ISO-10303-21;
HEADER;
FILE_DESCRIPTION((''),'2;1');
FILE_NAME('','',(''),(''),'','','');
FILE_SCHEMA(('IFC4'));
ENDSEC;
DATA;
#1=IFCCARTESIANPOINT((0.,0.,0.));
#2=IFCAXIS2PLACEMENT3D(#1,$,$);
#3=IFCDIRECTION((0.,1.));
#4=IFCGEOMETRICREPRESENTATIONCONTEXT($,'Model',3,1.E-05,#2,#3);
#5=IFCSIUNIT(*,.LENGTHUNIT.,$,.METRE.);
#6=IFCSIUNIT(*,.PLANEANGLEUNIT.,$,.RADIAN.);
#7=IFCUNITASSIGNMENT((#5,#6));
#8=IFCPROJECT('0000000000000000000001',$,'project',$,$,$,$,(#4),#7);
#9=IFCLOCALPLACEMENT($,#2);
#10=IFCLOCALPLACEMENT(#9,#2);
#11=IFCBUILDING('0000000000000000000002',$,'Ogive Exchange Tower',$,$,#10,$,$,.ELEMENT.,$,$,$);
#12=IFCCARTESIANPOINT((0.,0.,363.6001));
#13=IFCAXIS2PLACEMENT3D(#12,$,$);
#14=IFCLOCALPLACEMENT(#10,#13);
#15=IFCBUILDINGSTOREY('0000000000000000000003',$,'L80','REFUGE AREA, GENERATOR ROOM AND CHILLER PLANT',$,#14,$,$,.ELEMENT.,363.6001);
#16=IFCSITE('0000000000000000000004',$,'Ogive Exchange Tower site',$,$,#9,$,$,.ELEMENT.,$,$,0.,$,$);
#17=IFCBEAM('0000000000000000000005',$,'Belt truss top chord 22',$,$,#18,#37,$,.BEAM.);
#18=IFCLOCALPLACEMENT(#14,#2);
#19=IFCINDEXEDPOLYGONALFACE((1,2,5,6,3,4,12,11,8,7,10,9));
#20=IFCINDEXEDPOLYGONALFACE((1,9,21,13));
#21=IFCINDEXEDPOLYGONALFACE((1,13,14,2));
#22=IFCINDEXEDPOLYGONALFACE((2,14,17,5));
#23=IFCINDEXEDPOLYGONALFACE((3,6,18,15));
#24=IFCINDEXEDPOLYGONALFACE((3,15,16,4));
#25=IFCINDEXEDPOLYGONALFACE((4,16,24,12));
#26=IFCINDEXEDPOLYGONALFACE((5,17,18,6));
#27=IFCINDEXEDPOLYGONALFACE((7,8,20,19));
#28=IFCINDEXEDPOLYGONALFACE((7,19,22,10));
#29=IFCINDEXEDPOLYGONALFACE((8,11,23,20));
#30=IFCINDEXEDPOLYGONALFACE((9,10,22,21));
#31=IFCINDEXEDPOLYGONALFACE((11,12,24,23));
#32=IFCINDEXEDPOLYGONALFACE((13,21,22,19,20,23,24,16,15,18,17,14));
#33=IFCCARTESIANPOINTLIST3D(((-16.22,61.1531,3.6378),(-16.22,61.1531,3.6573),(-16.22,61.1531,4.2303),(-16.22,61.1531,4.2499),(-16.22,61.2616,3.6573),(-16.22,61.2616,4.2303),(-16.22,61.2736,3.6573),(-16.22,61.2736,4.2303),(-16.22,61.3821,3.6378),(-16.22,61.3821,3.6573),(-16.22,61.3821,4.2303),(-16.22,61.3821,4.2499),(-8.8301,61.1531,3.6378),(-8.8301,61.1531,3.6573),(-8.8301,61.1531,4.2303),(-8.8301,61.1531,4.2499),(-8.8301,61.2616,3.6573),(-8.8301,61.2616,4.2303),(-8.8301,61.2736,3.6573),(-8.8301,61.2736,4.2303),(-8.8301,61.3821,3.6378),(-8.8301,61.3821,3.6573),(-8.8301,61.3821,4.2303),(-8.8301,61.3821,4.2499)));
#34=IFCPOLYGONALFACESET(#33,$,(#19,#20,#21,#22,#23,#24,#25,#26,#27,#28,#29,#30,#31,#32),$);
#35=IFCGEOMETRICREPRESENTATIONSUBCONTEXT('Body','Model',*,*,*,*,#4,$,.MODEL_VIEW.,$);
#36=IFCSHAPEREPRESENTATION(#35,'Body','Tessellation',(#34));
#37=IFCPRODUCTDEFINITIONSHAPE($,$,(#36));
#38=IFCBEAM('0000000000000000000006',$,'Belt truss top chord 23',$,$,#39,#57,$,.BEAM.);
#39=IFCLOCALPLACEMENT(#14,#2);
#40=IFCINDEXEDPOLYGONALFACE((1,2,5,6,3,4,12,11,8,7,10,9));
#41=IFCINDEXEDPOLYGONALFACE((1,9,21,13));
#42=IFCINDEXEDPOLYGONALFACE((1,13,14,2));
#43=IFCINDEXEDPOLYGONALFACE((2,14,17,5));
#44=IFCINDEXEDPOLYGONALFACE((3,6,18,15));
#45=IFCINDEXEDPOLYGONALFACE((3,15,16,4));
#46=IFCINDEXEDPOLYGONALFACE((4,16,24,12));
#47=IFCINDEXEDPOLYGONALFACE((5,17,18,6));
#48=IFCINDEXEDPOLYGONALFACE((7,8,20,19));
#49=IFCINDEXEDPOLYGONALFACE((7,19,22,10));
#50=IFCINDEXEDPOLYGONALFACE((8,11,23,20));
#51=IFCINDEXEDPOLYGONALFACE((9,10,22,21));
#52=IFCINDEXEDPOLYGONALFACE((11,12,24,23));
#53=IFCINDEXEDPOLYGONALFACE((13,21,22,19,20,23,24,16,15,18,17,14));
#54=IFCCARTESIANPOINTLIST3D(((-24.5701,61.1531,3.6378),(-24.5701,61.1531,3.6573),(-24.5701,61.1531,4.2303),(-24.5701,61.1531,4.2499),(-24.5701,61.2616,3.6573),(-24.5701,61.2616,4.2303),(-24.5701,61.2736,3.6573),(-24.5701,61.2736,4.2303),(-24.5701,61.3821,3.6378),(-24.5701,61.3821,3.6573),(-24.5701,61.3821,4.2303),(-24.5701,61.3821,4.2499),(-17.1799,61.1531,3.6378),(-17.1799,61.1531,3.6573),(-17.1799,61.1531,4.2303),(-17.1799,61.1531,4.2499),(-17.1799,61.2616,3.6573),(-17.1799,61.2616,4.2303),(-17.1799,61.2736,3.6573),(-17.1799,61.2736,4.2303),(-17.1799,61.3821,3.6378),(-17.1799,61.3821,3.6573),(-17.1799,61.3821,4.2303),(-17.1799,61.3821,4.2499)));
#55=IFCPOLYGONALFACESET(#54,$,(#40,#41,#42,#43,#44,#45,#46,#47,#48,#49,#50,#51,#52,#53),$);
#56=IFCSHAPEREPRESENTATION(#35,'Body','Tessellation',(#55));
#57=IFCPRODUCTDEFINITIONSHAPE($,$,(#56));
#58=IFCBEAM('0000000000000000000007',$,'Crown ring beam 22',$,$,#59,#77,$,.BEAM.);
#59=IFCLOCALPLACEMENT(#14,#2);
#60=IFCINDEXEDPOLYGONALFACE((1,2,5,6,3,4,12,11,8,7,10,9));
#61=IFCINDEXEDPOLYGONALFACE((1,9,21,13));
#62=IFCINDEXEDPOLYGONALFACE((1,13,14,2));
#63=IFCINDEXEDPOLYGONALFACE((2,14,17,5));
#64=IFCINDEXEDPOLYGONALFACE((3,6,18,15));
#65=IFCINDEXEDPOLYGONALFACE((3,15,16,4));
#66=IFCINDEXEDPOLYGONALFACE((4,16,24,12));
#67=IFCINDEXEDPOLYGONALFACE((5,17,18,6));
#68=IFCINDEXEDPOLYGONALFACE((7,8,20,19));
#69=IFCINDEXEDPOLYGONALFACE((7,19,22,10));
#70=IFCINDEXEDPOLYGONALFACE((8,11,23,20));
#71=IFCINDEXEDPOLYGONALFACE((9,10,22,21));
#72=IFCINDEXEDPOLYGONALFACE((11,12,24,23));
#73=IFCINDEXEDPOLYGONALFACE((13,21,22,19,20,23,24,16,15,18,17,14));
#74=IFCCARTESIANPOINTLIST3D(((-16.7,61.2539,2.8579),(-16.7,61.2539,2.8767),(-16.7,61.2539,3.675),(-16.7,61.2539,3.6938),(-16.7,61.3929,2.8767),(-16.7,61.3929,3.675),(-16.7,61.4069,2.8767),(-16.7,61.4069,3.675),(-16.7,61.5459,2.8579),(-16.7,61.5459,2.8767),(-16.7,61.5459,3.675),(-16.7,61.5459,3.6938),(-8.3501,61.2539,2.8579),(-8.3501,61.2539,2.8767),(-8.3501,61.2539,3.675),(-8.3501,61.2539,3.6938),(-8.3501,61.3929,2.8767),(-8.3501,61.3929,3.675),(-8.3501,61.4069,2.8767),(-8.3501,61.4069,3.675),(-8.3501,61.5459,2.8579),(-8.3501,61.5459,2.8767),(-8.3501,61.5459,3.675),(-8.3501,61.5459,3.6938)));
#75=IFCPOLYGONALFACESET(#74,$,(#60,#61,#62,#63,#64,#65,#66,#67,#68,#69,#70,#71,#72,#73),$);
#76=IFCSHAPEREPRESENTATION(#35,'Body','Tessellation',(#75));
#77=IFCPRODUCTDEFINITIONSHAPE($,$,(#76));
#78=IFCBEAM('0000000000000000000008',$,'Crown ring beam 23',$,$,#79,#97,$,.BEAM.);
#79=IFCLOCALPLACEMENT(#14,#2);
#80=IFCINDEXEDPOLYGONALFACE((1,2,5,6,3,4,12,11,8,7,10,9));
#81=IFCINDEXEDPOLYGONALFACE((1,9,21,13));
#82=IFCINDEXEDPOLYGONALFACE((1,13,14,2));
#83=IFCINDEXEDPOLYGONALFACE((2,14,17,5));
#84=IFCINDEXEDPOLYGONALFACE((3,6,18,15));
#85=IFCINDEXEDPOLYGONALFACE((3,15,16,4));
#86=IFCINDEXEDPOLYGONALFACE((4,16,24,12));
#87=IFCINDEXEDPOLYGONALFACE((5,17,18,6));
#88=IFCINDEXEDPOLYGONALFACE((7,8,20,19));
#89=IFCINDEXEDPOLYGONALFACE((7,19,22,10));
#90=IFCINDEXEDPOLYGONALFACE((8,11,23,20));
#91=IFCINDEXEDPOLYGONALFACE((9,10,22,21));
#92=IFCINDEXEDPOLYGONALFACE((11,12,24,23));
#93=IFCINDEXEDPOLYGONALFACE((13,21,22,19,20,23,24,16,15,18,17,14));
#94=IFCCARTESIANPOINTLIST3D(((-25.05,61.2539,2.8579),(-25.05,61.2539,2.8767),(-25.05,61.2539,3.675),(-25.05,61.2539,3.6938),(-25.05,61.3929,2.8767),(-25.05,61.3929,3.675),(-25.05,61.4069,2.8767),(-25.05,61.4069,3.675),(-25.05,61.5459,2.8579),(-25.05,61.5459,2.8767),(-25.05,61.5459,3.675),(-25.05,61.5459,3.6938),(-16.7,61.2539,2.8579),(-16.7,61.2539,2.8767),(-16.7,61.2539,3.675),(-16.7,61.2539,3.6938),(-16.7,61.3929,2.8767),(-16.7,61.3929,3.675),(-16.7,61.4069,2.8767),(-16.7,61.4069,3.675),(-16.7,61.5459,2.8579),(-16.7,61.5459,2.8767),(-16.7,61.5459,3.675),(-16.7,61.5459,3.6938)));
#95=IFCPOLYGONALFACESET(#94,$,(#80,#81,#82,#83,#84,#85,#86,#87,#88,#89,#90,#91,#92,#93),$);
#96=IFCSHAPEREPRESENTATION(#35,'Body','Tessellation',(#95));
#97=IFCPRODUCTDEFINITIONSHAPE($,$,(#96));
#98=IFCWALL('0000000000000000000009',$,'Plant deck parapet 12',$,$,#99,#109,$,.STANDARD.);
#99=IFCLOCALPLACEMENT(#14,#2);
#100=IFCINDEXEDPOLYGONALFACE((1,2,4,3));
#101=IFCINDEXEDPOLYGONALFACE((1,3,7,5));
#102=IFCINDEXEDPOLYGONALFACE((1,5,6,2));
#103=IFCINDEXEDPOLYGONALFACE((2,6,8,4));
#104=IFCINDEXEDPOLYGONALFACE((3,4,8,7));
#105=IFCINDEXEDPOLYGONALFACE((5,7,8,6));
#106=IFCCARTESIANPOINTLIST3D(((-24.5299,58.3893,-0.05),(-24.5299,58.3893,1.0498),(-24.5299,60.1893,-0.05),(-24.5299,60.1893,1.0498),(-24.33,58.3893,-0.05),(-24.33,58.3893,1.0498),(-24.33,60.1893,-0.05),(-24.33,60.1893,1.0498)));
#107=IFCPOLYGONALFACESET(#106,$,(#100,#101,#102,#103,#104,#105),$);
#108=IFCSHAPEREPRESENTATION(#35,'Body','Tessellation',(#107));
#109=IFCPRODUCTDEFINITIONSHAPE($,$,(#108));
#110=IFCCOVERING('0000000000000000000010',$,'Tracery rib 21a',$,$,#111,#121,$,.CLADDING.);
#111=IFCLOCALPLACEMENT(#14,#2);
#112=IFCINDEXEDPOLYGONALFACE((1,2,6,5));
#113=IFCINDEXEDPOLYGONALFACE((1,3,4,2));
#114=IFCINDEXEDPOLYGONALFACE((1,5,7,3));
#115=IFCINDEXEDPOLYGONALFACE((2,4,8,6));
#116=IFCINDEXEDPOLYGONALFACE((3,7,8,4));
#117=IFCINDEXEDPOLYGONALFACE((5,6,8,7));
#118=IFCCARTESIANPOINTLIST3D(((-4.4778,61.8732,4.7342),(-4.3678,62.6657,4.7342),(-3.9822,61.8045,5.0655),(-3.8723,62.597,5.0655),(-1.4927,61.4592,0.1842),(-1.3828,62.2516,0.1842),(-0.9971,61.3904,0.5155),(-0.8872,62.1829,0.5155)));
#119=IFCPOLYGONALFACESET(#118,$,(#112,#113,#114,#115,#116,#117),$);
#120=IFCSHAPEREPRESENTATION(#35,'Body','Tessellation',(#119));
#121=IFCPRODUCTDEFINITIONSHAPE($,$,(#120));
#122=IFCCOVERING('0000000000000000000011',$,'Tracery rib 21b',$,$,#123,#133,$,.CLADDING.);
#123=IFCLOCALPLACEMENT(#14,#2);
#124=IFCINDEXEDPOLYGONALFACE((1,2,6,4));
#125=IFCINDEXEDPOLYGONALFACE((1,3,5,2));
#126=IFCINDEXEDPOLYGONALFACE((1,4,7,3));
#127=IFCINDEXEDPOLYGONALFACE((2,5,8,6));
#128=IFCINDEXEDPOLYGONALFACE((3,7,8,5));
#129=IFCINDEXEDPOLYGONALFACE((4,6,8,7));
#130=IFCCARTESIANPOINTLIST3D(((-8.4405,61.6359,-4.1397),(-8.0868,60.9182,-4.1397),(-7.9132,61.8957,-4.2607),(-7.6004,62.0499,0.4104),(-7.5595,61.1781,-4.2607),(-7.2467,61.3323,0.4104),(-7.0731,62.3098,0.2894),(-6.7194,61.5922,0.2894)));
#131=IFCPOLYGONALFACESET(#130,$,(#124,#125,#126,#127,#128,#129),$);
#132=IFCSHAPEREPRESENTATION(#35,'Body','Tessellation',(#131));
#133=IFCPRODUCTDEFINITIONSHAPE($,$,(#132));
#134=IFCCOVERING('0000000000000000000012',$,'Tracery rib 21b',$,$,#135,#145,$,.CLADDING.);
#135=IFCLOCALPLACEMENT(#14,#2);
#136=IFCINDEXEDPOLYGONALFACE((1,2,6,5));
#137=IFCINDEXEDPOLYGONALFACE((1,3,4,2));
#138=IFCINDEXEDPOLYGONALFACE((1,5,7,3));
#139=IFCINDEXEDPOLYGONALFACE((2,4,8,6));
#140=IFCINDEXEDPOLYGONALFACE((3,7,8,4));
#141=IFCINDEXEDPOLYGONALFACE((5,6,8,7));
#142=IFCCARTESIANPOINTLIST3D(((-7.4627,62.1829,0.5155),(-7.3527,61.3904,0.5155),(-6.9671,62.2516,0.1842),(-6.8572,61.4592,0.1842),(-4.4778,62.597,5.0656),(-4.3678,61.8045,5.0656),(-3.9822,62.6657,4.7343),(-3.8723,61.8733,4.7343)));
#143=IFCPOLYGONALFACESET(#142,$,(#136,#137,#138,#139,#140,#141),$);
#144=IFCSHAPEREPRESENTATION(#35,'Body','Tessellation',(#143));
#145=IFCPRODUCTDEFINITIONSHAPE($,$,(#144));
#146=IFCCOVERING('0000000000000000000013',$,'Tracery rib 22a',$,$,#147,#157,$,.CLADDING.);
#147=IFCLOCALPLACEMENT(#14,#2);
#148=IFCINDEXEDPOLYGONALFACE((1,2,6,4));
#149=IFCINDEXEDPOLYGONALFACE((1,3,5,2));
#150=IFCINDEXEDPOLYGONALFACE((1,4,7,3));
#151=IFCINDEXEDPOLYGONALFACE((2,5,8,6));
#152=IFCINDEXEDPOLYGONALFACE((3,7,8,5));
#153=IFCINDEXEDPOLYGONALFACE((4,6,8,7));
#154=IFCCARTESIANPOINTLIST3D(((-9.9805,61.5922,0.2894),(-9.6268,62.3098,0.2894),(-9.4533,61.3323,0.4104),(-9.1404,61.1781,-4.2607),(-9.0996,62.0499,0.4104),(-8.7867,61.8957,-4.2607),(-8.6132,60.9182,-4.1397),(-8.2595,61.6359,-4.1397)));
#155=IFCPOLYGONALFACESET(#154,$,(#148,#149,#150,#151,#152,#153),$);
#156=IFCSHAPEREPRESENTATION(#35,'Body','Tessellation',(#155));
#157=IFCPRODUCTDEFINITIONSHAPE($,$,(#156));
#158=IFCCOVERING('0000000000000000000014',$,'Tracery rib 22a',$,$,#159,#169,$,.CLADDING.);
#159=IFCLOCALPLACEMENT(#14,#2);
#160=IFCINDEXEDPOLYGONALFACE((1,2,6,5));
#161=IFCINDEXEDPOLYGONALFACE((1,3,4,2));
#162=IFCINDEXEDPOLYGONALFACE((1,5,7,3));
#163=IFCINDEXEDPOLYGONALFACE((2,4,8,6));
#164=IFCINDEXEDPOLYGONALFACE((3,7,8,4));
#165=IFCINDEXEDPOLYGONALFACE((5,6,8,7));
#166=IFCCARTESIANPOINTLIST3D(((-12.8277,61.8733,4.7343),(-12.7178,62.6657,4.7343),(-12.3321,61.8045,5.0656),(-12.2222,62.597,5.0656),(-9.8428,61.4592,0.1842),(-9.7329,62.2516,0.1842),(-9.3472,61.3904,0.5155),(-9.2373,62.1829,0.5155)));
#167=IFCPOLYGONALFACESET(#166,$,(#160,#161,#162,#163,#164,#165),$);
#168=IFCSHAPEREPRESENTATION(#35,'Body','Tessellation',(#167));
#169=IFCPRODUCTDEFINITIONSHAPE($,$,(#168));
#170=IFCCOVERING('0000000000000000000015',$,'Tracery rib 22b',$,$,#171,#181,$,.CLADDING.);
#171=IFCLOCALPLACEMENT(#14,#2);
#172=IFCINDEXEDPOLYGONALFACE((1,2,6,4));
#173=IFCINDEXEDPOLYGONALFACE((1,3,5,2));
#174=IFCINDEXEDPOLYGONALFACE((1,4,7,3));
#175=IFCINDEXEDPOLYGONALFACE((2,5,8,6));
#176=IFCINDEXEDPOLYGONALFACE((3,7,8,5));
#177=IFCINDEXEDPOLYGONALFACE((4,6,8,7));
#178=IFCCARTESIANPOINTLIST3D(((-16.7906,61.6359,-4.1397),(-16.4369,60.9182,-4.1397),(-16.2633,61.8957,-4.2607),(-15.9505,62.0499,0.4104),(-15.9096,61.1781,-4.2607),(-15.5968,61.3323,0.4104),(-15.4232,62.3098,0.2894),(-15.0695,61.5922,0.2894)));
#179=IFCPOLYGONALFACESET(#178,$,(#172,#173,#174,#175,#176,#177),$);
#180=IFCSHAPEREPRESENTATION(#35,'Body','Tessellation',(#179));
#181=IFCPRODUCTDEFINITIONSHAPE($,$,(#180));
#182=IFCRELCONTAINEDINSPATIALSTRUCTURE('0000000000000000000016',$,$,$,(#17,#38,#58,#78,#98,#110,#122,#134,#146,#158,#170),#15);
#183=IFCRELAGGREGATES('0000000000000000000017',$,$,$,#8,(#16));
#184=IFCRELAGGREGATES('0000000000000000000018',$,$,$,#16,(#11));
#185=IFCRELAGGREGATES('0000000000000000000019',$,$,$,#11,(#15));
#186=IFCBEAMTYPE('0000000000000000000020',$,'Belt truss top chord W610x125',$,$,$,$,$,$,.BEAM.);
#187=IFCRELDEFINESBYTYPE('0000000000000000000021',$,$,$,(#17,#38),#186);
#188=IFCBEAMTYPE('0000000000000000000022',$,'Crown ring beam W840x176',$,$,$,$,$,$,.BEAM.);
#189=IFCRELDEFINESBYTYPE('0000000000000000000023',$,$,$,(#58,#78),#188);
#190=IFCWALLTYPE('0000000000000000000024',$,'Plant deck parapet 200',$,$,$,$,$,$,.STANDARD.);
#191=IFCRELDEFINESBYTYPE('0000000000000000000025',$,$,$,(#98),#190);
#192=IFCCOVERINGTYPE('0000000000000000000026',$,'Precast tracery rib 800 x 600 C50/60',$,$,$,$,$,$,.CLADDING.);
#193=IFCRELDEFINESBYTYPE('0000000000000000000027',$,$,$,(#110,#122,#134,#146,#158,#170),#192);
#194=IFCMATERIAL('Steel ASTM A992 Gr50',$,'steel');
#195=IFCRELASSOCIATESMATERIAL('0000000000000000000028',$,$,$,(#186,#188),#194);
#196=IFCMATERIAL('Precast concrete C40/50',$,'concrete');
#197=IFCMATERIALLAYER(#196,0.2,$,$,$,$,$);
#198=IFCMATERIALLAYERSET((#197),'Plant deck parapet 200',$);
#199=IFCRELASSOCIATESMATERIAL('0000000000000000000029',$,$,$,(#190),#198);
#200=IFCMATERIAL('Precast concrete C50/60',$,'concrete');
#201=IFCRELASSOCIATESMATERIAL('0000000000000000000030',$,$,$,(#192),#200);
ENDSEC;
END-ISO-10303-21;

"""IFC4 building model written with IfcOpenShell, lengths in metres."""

from ifc_helpers import new_model, si_unit, direction, frame, frame_2d, origin, origin_2d, place, context, subcontext, project, spatial, rectangle, i_section, extrude, material, layer, layer_set, material_profile, profile_set, type_object, element, save


model = new_model("IFC4")

# Units and contexts
model_context = context("Model", 3, precision=1e-05, world=origin(), true_north=direction((0.0, 1.0)))
body_context = subcontext(model_context, "Body", "Model", "MODEL_VIEW")
ifc_project = project(units=[si_unit("LENGTHUNIT", "METRE"), si_unit("PLANEANGLEUNIT", "RADIAN")], contexts=[model_context])

# Site, building, storey
site_placement = place(None, origin())
site = spatial("IfcSite", under=ifc_project, at=site_placement, Name="Ogive Exchange Tower site", CompositionType="ELEMENT", RefElevation=0.0)
building_placement = place(site_placement, origin())
building = spatial("IfcBuilding", under=site, at=building_placement, Name="Ogive Exchange Tower", CompositionType="ELEMENT")
storey_placement = place(building_placement, frame((0.0, 0.0, 363.6001)))
storey = spatial("IfcBuildingStorey", under=building, at=storey_placement, Name="L80", Description="REFUGE AREA, GENERATOR ROOM AND CHILLER PLANT", CompositionType="ELEMENT", Elevation=363.6001)

# Shared definitions
ifc_material_1 = material(Name="Steel ASTM A992 Gr50", Category="steel")

# Beams
ifc_material_profile_1 = material_profile(ifc_material_1, i_section(OverallWidth=0.229, OverallDepth=0.6121, WebThickness=0.012, FlangeThickness=0.0195, at=origin_2d()), Name="W610x125")
ifc_profile_set_1 = profile_set([ifc_material_profile_1], Name="Steel ASTM A992 Gr50")
beam_type_1 = type_object("IfcBeamType", Name="Belt truss top chord W610x125", PredefinedType="BEAM", material=ifc_profile_set_1)
beam_1_placement = place(storey_placement, frame((-8.8301, 61.2676, 3.9438), z_axis=(-1.0, 0.0, 0.0), x_axis=(0.0, -1.0, 0.0)))
element("IfcBeam", 1, at=beam_1_placement, inside=storey, type_object=beam_type_1, Name="Belt truss top chord 22", PredefinedType="BEAM", context=body_context, shape_type="SweptSolid", body=[
    extrude(i_section(OverallWidth=0.229, OverallDepth=0.6121, WebThickness=0.012, FlangeThickness=0.0195, at=origin_2d()), origin(), (0.0, 0.0, 1.0), 7.3899),
])
beam_2_placement = place(storey_placement, frame((-17.1799, 61.2676, 3.9438), z_axis=(-1.0, 0.0, 0.0), x_axis=(0.0, -1.0, 0.0)))
element("IfcBeam", 2, at=beam_2_placement, inside=storey, type_object=beam_type_1, Name="Belt truss top chord 23", PredefinedType="BEAM", context=body_context, shape_type="SweptSolid", body=[
    extrude(i_section(OverallWidth=0.229, OverallDepth=0.6121, WebThickness=0.012, FlangeThickness=0.0195, at=origin_2d()), origin(), (0.0, 0.0, 1.0), 7.3901),
])
ifc_material_profile_2 = material_profile(ifc_material_1, i_section(OverallWidth=0.292, OverallDepth=0.8359, WebThickness=0.0139, FlangeThickness=0.0188, at=origin_2d()), Name="W840x176")
ifc_profile_set_2 = profile_set([ifc_material_profile_2], Name="Steel ASTM A992 Gr50")
beam_type_2 = type_object("IfcBeamType", Name="Crown ring beam W840x176", PredefinedType="BEAM", material=ifc_profile_set_2)
beam_3_placement = place(storey_placement, frame((-8.3501, 61.3999, 3.2759), z_axis=(-1.0, 0.0, 0.0), x_axis=(0.0, -1.0, 0.0)))
element("IfcBeam", 3, at=beam_3_placement, inside=storey, type_object=beam_type_2, Name="Crown ring beam 22", PredefinedType="BEAM", context=body_context, shape_type="SweptSolid", body=[
    extrude(i_section(OverallWidth=0.292, OverallDepth=0.8359, WebThickness=0.0139, FlangeThickness=0.0188, at=origin_2d()), origin(), (0.0, 0.0, 1.0), 8.3499),
])
beam_4_placement = place(storey_placement, frame((-16.7, 61.3999, 3.2759), z_axis=(-1.0, 0.0, 0.0), x_axis=(0.0, -1.0, 0.0)))
element("IfcBeam", 4, at=beam_4_placement, inside=storey, type_object=beam_type_2, Name="Crown ring beam 23", PredefinedType="BEAM", context=body_context, shape_type="SweptSolid", body=[
    extrude(i_section(OverallWidth=0.292, OverallDepth=0.8359, WebThickness=0.0139, FlangeThickness=0.0188, at=origin_2d()), origin(), (0.0, 0.0, 1.0), 8.3501),
])

# Wall
ifc_material_2 = material(Name="Precast concrete C40/50", Category="concrete")
ifc_layer = layer(ifc_material_2, 0.2)
ifc_layer_set = layer_set([ifc_layer], Name="Plant deck parapet 200")
wall_type = type_object("IfcWallType", Name="Plant deck parapet 200", PredefinedType="STANDARD", material=ifc_layer_set)
wall_placement = place(storey_placement, frame((-24.4299, 60.1892, -0.05), z_axis=(0.0, 0.0, 1.0), x_axis=(0.0, -1.0, 0.0)))
element("IfcWall", 5, at=wall_placement, inside=storey, type_object=wall_type, Name="Plant deck parapet 12", PredefinedType="STANDARD", context=body_context, shape_type="SweptSolid", body=[
    extrude(rectangle(XDim=1.8, YDim=0.2, at=frame_2d((0.8999, 0.0))), origin(), (0.0, 0.0, 1.0), 1.0999),
])

# Coverings
ifc_material_3 = material(Name="Precast concrete C50/60", Category="concrete")
ifc_material_profile_3 = material_profile(ifc_material_3, rectangle(XDim=0.8, YDim=0.6001, at=origin_2d()), Name="RIB 800 x 600")
ifc_profile_set_3 = profile_set([ifc_material_profile_3], Name="Precast concrete C50/60")
covering_type = type_object("IfcCoveringType", Name="Precast tracery rib 800 x 600 C50/60", PredefinedType="CLADDING", material=ifc_profile_set_3)
covering_1_placement = place(storey_placement, frame((-1.1899, 61.821, 0.3499), z_axis=(-0.546965, 0.075869, 0.833711), x_axis=(-0.137394, -0.990516, 0.0)))
element("IfcCovering", 6, at=covering_1_placement, inside=storey, type_object=covering_type, Name="Tracery rib 21a", PredefinedType="CLADDING", context=body_context, shape_type="SweptSolid", body=[
    extrude(rectangle(XDim=0.8, YDim=0.6001, at=origin_2d()), origin(), (0.0, 0.0, 1.0), 5.4575),
])
covering_2_placement = place(storey_placement, frame((-8.0, 61.407, -4.2002), z_axis=(0.180841, 0.089133, 0.979465), x_axis=(-0.442097, 0.896967, 0.0)))
element("IfcCovering", 7, at=covering_2_placement, inside=storey, type_object=covering_type, Name="Tracery rib 21b", PredefinedType="CLADDING", context=body_context, shape_type="SweptSolid", body=[
    extrude(rectangle(XDim=0.8, YDim=0.6001, at=origin_2d()), origin(), (0.0, 0.0, 1.0), 4.6455),
])
covering_3_placement = place(storey_placement, frame((-7.1599, 61.821, 0.3499), z_axis=(0.546933, 0.075871, 0.833731), x_axis=(-0.137405, 0.990515, 0.0)))
element("IfcCovering", 8, at=covering_3_placement, inside=storey, type_object=covering_type, Name="Tracery rib 21b", PredefinedType="CLADDING", context=body_context, shape_type="SweptSolid", body=[
    extrude(rectangle(XDim=0.8, YDim=0.6001, at=origin_2d()), origin(), (0.0, 0.0, 1.0), 5.4575),
])
covering_4_placement = place(storey_placement, frame((-8.7, 61.407, -4.2002), z_axis=(-0.180841, 0.089133, 0.979465), x_axis=(-0.442097, -0.896967, 0.0)))
element("IfcCovering", 9, at=covering_4_placement, inside=storey, type_object=covering_type, Name="Tracery rib 22a", PredefinedType="CLADDING", context=body_context, shape_type="SweptSolid", body=[
    extrude(rectangle(XDim=0.8, YDim=0.6001, at=origin_2d()), origin(), (0.0, 0.0, 1.0), 4.6455),
])
covering_5_placement = place(storey_placement, frame((-9.54, 61.821, 0.3499), z_axis=(-0.546933, 0.075871, 0.833731), x_axis=(-0.137405, -0.990515, 0.0)))
element("IfcCovering", 10, at=covering_5_placement, inside=storey, type_object=covering_type, Name="Tracery rib 22a", PredefinedType="CLADDING", context=body_context, shape_type="SweptSolid", body=[
    extrude(rectangle(XDim=0.8, YDim=0.6001, at=origin_2d()), origin(), (0.0, 0.0, 1.0), 5.4575),
])
covering_6_placement = place(storey_placement, frame((-16.3501, 61.407, -4.2002), z_axis=(0.180841, 0.089133, 0.979465), x_axis=(-0.442097, 0.896967, 0.0)))
element("IfcCovering", 11, at=covering_6_placement, inside=storey, type_object=covering_type, Name="Tracery rib 22b", PredefinedType="CLADDING", context=body_context, shape_type="SweptSolid", body=[
    extrude(rectangle(XDim=0.8, YDim=0.6001, at=origin_2d()), origin(), (0.0, 0.0, 1.0), 4.6455),
])

save(model, "model.ifc")
